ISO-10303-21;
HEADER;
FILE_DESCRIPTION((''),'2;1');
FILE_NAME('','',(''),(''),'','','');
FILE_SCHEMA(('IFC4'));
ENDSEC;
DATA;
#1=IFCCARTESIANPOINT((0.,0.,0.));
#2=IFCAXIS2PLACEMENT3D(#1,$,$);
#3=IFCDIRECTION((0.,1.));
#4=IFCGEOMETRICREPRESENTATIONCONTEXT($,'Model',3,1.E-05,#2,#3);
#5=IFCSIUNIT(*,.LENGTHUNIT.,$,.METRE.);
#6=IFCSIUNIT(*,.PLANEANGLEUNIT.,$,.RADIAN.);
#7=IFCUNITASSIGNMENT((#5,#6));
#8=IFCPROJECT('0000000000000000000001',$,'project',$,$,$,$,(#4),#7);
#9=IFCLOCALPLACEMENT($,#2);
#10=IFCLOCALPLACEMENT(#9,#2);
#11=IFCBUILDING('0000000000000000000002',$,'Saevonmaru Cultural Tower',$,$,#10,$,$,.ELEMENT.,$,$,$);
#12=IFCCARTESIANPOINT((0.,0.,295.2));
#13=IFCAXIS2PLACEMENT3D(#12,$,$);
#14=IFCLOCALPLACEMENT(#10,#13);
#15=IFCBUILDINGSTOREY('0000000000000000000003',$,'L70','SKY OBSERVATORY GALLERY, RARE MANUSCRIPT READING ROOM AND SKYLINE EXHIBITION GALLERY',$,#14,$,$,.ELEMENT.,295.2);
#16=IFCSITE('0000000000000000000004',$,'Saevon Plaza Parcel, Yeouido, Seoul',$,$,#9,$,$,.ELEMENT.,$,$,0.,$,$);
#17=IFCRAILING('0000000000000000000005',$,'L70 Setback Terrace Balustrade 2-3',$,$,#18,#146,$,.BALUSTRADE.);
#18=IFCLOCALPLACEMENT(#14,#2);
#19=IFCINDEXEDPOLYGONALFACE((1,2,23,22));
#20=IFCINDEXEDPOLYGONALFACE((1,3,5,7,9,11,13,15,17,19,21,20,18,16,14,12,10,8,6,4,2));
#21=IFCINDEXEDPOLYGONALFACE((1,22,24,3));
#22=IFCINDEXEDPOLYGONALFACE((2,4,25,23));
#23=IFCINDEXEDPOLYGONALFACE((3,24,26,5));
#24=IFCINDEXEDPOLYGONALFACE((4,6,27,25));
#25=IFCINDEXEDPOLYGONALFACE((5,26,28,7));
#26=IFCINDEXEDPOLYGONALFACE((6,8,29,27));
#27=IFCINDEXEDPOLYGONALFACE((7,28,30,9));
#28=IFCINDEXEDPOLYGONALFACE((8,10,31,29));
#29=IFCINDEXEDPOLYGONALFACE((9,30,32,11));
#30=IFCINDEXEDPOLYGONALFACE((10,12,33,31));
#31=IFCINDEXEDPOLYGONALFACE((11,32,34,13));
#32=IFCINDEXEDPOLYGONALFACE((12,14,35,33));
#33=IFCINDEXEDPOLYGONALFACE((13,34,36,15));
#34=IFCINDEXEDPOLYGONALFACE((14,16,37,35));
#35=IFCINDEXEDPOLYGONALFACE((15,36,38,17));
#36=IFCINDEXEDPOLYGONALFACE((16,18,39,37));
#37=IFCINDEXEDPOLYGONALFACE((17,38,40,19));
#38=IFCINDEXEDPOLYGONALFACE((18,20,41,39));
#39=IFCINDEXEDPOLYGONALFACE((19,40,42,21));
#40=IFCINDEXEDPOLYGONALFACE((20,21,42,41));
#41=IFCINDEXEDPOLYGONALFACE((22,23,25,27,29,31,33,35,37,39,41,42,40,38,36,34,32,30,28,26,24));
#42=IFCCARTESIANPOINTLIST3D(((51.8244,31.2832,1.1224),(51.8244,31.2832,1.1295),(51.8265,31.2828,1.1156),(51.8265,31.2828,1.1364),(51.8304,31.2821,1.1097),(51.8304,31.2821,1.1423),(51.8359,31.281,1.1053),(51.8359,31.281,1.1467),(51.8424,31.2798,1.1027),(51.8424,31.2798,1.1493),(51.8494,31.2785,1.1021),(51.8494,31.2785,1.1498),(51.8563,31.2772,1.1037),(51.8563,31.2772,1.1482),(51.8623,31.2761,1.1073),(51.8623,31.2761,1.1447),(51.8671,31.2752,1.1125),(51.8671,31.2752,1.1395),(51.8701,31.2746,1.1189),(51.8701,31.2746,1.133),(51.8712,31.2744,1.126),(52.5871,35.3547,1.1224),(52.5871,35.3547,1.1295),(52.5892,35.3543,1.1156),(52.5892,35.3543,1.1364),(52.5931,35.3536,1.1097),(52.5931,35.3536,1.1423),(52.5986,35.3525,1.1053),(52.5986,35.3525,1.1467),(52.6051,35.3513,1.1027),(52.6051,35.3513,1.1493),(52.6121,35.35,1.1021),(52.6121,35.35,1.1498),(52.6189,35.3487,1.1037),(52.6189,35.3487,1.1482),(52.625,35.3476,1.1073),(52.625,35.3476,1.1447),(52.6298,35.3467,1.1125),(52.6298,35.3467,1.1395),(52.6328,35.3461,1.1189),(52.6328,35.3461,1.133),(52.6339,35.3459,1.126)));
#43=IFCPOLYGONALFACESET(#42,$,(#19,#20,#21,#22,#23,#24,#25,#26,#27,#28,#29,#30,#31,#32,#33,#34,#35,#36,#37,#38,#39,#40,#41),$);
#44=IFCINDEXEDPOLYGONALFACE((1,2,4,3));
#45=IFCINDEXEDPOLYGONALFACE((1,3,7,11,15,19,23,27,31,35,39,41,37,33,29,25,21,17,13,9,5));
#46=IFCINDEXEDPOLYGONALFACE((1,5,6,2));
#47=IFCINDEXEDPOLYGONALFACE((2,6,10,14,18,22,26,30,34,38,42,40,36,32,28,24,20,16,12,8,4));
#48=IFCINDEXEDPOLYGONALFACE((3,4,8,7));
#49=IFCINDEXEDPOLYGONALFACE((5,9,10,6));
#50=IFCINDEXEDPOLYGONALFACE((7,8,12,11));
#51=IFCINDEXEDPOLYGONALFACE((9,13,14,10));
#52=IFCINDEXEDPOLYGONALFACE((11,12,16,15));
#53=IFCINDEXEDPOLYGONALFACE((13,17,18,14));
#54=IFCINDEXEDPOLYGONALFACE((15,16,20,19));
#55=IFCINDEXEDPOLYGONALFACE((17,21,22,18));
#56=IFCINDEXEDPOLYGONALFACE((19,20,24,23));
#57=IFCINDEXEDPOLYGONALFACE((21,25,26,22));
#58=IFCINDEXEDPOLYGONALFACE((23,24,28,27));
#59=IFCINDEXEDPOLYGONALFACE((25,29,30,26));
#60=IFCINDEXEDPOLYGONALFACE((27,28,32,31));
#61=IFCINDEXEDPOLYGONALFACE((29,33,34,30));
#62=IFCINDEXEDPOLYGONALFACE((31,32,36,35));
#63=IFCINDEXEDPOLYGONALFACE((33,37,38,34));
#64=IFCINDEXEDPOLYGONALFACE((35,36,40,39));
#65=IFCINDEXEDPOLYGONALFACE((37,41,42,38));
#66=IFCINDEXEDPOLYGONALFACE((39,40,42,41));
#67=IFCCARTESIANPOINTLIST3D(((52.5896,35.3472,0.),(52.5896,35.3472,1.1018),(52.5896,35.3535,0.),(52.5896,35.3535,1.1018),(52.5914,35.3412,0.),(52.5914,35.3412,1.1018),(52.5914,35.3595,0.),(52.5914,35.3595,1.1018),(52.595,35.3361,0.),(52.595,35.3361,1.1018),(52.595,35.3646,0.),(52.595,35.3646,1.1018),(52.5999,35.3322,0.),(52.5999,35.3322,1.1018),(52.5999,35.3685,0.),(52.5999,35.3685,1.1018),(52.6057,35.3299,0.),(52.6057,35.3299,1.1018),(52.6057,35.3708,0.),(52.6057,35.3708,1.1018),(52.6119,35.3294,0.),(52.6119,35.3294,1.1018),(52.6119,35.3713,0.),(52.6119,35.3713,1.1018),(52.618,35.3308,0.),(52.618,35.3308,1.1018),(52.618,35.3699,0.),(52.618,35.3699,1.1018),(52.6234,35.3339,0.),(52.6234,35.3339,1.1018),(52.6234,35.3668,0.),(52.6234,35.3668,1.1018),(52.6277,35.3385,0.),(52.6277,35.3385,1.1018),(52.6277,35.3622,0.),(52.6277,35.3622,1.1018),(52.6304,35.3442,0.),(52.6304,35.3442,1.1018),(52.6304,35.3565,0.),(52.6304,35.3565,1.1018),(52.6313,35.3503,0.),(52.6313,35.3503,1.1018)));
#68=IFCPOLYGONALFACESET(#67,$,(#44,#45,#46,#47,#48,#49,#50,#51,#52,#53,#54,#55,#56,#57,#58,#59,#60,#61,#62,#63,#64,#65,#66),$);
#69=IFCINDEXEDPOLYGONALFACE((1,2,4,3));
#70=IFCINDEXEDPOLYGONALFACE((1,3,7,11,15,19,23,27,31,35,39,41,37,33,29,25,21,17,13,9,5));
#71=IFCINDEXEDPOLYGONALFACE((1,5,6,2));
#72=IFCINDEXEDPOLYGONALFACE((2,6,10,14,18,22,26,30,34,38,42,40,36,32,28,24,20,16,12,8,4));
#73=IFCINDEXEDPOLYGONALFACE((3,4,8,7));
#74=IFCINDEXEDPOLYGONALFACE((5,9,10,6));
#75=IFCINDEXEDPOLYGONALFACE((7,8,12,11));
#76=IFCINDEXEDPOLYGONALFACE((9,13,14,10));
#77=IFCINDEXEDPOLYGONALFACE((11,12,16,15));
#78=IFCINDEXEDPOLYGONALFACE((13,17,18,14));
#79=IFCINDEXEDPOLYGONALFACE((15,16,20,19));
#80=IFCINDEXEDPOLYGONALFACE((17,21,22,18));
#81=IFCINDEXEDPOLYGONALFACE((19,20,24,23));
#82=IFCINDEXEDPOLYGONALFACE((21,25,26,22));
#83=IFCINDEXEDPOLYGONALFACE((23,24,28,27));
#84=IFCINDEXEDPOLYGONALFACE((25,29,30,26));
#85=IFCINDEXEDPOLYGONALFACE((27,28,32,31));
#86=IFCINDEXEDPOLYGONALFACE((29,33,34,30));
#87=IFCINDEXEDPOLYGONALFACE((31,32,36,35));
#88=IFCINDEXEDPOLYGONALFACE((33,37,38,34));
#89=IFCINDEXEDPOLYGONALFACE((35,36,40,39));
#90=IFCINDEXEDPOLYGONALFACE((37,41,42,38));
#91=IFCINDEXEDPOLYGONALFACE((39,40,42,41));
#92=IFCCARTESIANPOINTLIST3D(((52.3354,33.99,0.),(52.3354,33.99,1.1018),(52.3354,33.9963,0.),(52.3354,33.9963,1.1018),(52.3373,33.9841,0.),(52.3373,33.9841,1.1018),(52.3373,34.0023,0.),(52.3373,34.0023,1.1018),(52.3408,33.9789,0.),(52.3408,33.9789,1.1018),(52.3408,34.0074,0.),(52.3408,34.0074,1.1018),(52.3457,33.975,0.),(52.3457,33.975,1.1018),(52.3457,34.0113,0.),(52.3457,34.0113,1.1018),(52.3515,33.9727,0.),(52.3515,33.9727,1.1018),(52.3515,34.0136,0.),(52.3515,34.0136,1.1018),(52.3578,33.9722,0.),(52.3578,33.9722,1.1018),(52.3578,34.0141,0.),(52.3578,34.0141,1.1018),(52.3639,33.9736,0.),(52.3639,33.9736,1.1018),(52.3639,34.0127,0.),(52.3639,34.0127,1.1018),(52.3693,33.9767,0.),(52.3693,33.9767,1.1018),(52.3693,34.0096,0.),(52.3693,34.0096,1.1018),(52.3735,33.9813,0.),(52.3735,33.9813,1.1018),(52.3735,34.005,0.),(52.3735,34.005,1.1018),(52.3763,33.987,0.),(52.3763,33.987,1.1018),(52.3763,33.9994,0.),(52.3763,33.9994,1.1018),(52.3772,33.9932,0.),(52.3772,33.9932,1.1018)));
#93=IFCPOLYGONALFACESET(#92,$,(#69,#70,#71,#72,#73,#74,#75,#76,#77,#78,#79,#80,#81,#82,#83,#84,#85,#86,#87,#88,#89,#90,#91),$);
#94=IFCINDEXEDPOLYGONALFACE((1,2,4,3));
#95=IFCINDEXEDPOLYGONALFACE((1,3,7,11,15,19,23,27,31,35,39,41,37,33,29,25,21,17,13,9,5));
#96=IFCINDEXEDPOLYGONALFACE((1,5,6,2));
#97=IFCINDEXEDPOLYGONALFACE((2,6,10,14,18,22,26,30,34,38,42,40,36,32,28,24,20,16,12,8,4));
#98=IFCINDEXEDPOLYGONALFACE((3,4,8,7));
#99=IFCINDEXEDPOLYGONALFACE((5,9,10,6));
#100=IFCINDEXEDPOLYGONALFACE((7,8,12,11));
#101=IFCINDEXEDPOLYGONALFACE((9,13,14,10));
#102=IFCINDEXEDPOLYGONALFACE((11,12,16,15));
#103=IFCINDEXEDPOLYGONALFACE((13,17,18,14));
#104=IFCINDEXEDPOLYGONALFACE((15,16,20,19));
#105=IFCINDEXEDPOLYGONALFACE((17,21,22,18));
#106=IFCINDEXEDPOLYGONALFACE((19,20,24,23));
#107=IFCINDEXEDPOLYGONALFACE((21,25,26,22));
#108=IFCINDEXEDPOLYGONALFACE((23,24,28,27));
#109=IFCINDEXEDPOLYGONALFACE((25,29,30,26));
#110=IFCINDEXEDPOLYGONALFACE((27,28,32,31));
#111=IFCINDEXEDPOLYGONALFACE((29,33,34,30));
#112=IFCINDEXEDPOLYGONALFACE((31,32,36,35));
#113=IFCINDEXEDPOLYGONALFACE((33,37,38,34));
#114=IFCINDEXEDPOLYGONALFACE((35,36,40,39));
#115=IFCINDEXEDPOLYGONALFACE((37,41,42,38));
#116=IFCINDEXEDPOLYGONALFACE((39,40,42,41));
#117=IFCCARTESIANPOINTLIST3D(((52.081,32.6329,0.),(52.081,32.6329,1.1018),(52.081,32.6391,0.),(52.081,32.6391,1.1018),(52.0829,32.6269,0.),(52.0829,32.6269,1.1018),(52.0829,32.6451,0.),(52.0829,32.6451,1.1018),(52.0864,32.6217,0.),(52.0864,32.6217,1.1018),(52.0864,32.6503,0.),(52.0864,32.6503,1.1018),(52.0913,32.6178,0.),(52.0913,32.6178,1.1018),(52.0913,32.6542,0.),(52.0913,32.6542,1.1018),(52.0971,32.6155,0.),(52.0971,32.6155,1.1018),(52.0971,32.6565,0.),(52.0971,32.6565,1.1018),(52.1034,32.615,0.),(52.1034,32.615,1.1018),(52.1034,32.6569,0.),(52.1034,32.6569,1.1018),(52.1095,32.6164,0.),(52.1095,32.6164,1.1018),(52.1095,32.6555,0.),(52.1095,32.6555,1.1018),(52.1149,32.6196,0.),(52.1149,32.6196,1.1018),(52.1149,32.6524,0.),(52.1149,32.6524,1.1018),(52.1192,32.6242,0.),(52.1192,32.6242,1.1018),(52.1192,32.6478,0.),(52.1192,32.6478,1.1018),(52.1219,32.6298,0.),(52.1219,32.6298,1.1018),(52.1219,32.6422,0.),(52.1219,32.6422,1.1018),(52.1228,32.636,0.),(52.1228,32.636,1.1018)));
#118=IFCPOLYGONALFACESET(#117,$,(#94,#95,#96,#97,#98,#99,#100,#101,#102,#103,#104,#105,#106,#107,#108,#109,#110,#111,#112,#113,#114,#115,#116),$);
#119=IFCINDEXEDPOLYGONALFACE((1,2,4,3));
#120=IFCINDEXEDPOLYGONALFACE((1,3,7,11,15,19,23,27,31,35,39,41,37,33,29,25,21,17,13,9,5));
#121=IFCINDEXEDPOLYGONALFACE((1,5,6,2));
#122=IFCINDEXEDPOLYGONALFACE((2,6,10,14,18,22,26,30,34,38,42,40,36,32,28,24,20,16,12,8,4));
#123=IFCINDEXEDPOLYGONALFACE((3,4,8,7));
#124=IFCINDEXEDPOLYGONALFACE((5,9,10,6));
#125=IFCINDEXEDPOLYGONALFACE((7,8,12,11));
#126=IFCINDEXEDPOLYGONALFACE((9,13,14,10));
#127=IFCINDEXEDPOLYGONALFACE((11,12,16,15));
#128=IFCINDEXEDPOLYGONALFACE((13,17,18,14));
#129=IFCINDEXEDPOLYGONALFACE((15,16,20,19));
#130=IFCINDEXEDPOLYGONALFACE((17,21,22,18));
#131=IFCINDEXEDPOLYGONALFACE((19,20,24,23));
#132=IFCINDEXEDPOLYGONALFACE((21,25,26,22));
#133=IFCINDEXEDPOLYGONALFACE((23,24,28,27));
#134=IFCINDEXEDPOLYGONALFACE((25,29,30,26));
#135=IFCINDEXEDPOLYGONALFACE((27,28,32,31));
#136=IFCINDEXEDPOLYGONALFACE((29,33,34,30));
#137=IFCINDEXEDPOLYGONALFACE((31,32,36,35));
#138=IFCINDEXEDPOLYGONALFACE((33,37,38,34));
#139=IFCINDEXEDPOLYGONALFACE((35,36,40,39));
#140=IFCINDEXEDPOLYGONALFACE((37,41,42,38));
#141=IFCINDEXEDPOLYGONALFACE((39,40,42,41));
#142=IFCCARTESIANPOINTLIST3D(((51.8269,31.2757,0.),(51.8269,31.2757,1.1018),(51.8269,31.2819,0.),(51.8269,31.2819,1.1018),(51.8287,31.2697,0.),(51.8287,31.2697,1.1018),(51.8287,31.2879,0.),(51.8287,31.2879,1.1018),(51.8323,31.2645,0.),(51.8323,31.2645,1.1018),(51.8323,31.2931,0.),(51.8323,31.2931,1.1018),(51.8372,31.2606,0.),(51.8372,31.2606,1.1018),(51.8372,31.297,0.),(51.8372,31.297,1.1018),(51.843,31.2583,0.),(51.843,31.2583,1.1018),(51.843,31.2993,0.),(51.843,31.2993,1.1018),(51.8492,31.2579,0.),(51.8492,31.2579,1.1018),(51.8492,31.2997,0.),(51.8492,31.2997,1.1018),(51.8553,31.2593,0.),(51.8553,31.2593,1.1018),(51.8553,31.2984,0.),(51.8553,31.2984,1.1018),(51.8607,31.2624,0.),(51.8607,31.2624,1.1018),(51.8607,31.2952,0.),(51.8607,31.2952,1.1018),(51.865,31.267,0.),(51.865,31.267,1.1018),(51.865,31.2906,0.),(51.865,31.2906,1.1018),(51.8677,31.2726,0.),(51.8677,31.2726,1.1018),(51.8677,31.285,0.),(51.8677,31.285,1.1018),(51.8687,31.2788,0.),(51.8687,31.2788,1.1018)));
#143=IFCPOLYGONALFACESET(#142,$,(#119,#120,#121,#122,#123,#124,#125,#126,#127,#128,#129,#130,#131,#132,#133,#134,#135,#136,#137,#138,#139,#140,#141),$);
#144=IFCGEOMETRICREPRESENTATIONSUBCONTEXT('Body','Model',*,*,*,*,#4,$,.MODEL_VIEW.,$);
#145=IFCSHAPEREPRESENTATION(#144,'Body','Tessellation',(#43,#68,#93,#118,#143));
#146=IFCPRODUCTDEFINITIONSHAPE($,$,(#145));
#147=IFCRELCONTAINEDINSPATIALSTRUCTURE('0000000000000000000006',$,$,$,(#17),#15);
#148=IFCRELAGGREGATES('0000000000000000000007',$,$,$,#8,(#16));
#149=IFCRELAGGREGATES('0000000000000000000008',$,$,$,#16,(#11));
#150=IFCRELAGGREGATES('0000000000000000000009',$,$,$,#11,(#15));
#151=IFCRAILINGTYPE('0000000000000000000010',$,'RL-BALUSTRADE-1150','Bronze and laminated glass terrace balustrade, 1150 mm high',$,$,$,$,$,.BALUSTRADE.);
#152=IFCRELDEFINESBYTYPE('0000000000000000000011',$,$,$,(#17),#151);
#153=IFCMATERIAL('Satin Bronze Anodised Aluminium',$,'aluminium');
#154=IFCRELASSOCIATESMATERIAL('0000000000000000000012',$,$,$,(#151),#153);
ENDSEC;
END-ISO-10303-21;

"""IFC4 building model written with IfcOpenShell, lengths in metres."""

from ifc_helpers import new_model, si_unit, direction, frame, origin, origin_2d, place, context, subcontext, project, spatial, circle, extrude, material, type_object, element, save


model = new_model("IFC4")

# Units and contexts
model_context = context("Model", 3, precision=1e-05, world=origin(), true_north=direction((0.0, 1.0)))
body_context = subcontext(model_context, "Body", "Model", "MODEL_VIEW")
ifc_project = project(units=[si_unit("LENGTHUNIT", "METRE"), si_unit("PLANEANGLEUNIT", "RADIAN")], contexts=[model_context])

# Site, building, storey
site_placement = place(None, origin())
site = spatial("IfcSite", under=ifc_project, at=site_placement, Name="Saevon Plaza Parcel, Yeouido, Seoul", CompositionType="ELEMENT", RefElevation=0.0)
building_placement = place(site_placement, origin())
building = spatial("IfcBuilding", under=site, at=building_placement, Name="Saevonmaru Cultural Tower", CompositionType="ELEMENT")
storey_placement = place(building_placement, frame((0.0, 0.0, 295.2)))
storey = spatial("IfcBuildingStorey", under=building, at=storey_placement, Name="L70", Description="SKY OBSERVATORY GALLERY, RARE MANUSCRIPT READING ROOM AND SKYLINE EXHIBITION GALLERY", CompositionType="ELEMENT", Elevation=295.2)

# Shared definitions
ifc_material_1 = material(Name="Satin Bronze Anodised Aluminium", Category="aluminium")

# Railing
railing_type_1 = type_object("IfcRailingType", Name="RL-BALUSTRADE-1150", Description="Bronze and laminated glass terrace balustrade, 1150 mm high", PredefinedType="BALUSTRADE", material=ifc_material_1)
railing_1_placement = place(storey_placement, frame((52.6104, 35.3503, 0.0)))
element("IfcRailing", 1, at=railing_1_placement, inside=storey, type_object=railing_type_1, Name="L70 Setback Terrace Balustrade 2-3", PredefinedType="BALUSTRADE", context=body_context, shape_type="SweptSolid", body=[
    extrude(circle(Radius=0.0239, at=origin_2d()), frame((0.0, 0.0, 1.126), z_axis=(-0.184121, -0.982904, 0.0), x_axis=(0.982904, -0.184121, 0.0)), (0.0, 0.0, 1.0), 4.1423),
    extrude(circle(Radius=0.021, at=origin_2d()), origin(), (0.0, 0.0, 1.0), 1.1018),
    extrude(circle(Radius=0.021, at=origin_2d()), frame((-0.2542, -1.3572, 0.0)), (0.0, 0.0, 1.0), 1.1018),
    extrude(circle(Radius=0.021, at=origin_2d()), frame((-0.5085, -2.7144, 0.0)), (0.0, 0.0, 1.0), 1.1018),
    extrude(circle(Radius=0.021, at=origin_2d()), frame((-0.7627, -4.0715, 0.0)), (0.0, 0.0, 1.0), 1.1018),
])

save(model, "model.ifc")
